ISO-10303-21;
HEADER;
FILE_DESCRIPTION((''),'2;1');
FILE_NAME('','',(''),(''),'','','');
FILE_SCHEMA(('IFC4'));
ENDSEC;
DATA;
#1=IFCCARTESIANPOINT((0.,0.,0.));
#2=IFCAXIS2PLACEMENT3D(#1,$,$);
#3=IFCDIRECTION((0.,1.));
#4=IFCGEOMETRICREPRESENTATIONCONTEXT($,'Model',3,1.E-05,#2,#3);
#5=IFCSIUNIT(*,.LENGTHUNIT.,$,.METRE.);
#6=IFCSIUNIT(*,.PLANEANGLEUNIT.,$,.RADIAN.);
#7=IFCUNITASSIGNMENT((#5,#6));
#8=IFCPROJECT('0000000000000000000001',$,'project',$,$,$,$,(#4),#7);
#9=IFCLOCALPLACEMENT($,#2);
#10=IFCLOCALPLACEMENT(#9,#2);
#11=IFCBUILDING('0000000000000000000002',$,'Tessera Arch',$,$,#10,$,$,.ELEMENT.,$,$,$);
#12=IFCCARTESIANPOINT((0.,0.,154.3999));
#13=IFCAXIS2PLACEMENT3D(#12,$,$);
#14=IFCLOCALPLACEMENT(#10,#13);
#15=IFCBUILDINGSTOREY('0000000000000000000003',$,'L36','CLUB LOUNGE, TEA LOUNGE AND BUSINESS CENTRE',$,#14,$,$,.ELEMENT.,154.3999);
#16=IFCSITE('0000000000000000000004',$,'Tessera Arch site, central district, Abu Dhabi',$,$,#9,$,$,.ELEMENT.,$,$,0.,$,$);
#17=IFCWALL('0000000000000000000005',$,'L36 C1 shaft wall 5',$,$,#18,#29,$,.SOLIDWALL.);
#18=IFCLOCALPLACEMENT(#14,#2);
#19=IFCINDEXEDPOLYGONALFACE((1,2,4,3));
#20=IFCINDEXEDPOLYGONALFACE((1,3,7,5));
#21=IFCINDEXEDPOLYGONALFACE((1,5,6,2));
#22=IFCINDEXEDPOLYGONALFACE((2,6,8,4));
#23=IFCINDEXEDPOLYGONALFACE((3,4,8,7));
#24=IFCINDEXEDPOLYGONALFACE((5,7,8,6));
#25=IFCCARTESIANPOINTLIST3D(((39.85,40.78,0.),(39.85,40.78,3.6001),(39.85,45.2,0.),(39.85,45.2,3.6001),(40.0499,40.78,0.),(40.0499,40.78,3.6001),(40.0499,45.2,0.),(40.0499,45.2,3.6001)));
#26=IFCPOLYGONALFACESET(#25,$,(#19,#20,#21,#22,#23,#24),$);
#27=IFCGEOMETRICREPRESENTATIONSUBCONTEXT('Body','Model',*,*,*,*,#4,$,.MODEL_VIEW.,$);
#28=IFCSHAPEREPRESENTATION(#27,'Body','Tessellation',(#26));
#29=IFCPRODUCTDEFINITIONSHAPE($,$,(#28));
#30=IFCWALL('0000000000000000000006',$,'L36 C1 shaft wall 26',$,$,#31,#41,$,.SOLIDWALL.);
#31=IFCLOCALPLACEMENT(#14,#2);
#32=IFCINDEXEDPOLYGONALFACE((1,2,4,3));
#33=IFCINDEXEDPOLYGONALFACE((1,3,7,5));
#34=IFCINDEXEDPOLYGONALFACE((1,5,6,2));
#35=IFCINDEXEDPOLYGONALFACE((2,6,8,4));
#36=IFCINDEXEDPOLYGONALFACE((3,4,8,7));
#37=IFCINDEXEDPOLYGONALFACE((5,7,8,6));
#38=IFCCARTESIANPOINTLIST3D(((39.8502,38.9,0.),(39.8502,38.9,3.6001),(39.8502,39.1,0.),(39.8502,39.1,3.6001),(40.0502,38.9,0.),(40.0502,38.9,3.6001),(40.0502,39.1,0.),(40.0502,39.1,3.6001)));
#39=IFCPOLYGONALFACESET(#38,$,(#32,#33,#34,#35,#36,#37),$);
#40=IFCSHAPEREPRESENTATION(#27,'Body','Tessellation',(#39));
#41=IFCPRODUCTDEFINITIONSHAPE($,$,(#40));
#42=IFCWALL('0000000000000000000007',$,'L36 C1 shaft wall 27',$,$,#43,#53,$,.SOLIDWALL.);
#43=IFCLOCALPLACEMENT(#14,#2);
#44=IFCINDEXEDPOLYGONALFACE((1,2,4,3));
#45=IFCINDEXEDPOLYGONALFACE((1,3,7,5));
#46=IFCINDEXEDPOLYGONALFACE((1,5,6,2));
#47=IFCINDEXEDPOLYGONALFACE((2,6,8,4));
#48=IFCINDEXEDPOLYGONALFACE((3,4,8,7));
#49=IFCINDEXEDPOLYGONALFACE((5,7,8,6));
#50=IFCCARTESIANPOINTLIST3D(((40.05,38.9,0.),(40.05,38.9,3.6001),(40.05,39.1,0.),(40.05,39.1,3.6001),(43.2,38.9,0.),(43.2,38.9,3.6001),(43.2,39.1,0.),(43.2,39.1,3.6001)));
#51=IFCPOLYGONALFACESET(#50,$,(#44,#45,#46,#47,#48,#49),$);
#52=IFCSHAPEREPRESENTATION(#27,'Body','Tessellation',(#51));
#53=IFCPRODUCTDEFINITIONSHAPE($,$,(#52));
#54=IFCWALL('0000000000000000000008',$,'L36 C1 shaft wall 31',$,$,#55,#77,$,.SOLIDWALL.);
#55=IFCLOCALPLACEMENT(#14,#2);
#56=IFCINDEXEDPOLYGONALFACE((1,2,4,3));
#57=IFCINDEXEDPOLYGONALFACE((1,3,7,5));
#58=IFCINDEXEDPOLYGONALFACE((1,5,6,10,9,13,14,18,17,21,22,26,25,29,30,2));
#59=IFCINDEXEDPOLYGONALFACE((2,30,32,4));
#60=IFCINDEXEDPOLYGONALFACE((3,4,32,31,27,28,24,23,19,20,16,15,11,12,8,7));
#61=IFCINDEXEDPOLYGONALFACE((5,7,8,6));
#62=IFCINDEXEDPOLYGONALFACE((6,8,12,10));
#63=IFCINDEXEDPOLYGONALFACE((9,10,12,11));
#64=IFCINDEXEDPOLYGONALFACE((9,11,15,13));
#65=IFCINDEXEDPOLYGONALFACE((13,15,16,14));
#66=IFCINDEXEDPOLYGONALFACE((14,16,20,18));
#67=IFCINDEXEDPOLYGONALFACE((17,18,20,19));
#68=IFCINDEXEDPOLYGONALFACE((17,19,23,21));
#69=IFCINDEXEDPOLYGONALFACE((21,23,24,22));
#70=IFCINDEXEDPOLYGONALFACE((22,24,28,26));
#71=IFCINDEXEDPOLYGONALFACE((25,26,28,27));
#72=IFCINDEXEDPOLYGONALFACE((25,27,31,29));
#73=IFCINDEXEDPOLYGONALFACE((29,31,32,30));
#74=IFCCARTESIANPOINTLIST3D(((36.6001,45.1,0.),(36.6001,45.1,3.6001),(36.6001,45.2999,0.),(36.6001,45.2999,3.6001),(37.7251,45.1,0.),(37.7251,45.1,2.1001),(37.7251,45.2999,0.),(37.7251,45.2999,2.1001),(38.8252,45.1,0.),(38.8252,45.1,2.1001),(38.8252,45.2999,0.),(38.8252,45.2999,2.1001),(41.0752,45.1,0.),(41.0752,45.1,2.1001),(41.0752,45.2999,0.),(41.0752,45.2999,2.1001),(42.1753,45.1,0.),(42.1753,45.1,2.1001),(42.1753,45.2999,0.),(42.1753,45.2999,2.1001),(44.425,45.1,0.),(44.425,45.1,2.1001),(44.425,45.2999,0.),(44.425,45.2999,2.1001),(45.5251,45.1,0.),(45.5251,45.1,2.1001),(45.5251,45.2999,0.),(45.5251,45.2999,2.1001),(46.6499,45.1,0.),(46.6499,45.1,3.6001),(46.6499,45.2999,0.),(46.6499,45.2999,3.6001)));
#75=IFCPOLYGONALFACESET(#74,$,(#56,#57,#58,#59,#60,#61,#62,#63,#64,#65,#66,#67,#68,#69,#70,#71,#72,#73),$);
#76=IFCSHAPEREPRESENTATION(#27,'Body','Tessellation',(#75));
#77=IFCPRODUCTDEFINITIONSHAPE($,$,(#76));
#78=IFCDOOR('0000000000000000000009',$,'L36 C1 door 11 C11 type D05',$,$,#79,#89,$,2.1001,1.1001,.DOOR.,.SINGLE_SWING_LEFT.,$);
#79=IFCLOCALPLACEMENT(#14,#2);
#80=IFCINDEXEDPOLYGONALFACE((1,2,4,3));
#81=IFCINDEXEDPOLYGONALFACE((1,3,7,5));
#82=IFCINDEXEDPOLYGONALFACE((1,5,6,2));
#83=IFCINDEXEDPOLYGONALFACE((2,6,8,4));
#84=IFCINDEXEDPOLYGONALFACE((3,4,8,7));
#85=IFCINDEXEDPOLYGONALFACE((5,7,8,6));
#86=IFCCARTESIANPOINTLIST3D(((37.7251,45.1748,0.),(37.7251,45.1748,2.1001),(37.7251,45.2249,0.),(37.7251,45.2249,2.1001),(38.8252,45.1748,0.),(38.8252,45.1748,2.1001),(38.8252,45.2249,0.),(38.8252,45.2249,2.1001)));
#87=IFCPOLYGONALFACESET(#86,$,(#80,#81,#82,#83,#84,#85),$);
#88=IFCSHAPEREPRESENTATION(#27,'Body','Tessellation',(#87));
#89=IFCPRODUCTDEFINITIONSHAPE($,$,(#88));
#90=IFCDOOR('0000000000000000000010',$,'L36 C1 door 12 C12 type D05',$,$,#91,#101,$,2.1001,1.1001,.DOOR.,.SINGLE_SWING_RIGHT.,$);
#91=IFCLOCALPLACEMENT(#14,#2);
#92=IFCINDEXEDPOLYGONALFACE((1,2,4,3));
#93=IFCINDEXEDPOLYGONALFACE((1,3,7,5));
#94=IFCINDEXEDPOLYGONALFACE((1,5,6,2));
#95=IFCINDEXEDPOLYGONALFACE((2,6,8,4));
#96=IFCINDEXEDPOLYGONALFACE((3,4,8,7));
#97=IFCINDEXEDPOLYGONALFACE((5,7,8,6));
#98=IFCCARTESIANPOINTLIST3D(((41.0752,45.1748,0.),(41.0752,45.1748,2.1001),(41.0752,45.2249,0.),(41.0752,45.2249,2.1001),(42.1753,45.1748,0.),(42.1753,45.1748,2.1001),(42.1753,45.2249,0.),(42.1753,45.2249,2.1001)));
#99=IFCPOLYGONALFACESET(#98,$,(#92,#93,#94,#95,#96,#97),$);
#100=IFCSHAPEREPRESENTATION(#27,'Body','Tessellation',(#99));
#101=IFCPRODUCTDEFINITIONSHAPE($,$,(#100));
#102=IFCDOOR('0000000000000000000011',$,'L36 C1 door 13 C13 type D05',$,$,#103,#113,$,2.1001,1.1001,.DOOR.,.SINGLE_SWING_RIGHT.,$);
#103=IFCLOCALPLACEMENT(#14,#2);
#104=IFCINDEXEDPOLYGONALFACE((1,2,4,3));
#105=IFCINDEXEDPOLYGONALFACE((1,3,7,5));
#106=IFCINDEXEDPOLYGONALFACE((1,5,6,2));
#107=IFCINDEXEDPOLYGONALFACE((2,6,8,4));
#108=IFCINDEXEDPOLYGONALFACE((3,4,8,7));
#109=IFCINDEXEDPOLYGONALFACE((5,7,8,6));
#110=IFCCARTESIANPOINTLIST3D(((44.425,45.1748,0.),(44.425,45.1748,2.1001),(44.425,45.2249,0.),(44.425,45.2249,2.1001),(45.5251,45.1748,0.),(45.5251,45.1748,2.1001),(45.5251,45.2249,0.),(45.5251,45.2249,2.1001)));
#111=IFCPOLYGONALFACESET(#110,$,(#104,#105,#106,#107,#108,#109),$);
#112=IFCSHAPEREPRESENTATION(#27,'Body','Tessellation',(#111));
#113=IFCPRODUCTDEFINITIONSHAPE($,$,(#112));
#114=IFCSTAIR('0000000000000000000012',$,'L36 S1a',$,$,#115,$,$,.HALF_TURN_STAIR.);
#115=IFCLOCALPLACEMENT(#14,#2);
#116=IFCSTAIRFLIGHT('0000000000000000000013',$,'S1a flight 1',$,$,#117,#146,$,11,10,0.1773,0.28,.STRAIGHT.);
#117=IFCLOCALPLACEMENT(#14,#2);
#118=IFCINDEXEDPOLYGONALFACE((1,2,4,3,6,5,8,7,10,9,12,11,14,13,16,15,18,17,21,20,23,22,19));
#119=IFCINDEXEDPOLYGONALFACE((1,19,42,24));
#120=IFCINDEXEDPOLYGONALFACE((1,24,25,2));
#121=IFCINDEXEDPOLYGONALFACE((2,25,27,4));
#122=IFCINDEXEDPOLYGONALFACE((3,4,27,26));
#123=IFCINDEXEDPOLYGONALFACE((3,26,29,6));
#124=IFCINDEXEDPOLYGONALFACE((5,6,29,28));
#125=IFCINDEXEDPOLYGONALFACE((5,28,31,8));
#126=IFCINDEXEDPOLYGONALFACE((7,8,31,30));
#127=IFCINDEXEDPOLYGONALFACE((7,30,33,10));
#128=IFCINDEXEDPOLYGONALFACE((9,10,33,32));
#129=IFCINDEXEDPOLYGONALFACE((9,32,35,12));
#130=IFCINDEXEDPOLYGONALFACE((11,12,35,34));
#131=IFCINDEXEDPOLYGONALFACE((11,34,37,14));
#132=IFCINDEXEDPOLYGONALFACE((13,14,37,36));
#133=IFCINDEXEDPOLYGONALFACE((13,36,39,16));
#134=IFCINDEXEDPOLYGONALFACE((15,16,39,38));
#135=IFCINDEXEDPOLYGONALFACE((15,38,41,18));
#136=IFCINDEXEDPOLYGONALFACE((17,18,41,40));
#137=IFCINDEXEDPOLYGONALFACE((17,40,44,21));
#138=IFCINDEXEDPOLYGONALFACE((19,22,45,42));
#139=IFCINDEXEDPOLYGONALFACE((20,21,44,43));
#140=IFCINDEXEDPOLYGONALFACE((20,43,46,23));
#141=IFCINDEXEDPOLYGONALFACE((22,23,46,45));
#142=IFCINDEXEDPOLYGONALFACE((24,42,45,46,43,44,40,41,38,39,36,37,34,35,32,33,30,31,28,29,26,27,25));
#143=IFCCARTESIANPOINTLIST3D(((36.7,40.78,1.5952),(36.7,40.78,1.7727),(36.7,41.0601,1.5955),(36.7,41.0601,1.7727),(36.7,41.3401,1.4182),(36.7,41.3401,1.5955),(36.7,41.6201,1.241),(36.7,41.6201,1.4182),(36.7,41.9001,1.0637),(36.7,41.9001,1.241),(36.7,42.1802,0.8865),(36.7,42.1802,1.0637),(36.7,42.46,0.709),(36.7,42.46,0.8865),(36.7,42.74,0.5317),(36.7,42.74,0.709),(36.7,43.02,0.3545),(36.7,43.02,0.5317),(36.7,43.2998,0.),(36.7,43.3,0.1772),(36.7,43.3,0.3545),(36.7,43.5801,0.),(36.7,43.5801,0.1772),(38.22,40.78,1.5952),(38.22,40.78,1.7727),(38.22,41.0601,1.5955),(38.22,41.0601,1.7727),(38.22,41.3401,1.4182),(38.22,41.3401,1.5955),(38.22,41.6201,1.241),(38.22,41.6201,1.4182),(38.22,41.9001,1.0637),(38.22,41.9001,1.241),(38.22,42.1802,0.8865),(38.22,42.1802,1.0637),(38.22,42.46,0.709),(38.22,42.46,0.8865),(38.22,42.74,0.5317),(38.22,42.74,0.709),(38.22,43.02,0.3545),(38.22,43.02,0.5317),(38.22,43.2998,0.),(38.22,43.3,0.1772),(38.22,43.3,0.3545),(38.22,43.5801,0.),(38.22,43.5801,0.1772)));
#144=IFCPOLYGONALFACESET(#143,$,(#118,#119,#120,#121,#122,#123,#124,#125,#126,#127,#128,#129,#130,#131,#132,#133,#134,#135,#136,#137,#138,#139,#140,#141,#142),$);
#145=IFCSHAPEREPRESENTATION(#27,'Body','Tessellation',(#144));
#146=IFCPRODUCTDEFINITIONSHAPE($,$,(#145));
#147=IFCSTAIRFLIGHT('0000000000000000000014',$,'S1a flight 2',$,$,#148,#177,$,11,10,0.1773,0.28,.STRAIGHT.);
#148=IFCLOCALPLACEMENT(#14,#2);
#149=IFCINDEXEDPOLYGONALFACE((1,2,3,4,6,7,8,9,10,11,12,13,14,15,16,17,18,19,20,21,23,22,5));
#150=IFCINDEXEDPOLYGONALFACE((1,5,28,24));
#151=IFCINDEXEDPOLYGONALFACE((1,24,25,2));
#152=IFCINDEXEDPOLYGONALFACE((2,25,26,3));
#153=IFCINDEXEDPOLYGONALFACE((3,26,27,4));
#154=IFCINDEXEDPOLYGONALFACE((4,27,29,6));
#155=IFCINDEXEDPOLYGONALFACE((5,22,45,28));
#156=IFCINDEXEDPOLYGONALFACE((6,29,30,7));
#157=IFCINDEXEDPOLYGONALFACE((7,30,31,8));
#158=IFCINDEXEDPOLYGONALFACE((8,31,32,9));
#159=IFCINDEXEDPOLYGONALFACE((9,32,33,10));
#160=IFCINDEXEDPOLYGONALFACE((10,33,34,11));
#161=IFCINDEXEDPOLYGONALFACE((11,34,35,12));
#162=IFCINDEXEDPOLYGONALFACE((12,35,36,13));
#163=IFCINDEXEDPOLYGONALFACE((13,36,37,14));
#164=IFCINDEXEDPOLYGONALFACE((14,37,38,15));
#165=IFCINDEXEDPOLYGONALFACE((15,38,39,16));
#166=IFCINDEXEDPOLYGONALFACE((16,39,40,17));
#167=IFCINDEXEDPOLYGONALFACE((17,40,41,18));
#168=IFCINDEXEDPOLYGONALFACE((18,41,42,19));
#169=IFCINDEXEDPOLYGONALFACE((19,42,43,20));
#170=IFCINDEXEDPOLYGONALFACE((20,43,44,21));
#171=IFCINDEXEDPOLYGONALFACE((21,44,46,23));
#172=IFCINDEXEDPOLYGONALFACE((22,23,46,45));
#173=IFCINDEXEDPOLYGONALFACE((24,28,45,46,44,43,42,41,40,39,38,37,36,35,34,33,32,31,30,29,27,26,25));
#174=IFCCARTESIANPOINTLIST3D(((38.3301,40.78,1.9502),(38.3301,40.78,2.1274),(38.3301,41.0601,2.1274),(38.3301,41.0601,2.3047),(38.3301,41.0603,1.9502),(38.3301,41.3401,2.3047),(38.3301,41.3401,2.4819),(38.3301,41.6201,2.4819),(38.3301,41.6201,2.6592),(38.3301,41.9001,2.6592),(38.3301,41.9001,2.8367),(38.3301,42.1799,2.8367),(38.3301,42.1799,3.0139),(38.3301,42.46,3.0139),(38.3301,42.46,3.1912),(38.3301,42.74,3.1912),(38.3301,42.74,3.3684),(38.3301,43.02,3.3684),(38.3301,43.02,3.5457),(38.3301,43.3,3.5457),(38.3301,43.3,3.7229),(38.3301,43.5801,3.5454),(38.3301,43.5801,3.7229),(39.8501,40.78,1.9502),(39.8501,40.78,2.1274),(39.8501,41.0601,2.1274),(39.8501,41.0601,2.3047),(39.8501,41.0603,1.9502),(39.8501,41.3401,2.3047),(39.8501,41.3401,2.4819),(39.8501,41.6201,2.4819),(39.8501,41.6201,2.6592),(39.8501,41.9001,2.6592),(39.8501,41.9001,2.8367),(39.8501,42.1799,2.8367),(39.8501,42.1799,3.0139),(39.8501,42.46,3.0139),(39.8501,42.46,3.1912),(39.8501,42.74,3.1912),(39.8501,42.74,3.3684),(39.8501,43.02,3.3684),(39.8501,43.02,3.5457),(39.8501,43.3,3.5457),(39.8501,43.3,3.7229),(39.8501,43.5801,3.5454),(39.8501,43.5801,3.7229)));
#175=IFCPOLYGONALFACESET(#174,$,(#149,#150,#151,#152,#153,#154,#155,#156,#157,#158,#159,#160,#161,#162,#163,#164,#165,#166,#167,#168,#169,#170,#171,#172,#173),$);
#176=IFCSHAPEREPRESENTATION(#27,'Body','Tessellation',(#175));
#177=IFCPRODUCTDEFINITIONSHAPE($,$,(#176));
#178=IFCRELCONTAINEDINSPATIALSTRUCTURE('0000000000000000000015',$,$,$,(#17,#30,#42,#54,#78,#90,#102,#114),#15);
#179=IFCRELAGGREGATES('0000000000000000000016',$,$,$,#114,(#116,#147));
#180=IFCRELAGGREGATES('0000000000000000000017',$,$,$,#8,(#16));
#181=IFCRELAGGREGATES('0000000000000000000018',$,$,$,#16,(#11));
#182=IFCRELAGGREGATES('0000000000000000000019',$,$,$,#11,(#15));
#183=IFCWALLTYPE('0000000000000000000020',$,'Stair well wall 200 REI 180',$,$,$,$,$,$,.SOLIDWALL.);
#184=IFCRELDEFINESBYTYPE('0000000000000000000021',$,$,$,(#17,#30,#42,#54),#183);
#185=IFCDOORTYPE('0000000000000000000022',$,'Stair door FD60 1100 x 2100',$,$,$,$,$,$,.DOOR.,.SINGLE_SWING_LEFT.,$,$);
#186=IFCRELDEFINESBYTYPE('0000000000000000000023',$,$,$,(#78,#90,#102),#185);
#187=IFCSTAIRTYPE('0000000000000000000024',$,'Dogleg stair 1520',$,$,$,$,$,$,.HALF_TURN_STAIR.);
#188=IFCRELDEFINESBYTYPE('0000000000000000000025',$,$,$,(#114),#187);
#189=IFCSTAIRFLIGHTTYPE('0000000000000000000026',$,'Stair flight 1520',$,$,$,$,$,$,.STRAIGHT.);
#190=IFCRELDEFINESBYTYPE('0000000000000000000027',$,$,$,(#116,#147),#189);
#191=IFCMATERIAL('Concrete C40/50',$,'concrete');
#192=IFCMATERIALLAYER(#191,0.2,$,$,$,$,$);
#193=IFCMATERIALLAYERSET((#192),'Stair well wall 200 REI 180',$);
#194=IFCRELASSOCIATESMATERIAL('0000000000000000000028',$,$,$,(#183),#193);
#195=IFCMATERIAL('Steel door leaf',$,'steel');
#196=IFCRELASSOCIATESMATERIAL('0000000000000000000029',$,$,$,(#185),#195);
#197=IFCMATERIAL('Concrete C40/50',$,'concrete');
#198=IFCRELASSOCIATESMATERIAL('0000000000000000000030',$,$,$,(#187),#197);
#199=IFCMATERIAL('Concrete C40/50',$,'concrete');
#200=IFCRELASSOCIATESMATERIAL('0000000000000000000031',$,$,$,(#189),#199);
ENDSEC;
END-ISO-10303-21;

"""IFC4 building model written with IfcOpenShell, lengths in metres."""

from ifc_helpers import new_model, si_unit, direction, frame, frame_2d, origin, place, context, subcontext, project, spatial, polyline, rectangle, outline, extrude, material, layer, layer_set, type_object, element, fill, aggregate, save


model = new_model("IFC4")

# Units and contexts
model_context = context("Model", 3, precision=1e-05, world=origin(), true_north=direction((0.0, 1.0)))
body_context = subcontext(model_context, "Body", "Model", "MODEL_VIEW")
ifc_project = project(units=[si_unit("LENGTHUNIT", "METRE"), si_unit("PLANEANGLEUNIT", "RADIAN")], contexts=[model_context])

# Site, building, storey
site_placement = place(None, origin())
site = spatial("IfcSite", under=ifc_project, at=site_placement, Name="Tessera Arch site, central district, Abu Dhabi", CompositionType="ELEMENT", RefElevation=0.0)
building_placement = place(site_placement, origin())
building = spatial("IfcBuilding", under=site, at=building_placement, Name="Tessera Arch", CompositionType="ELEMENT")
storey_placement = place(building_placement, frame((0.0, 0.0, 154.3999)))
storey = spatial("IfcBuildingStorey", under=building, at=storey_placement, Name="L36", Description="CLUB LOUNGE, TEA LOUNGE AND BUSINESS CENTRE", CompositionType="ELEMENT", Elevation=154.3999)

# Walls
ifc_material_1 = material(Name="Concrete C40/50", Category="concrete")
ifc_layer_1 = layer(ifc_material_1, 0.2)
ifc_layer_set_1 = layer_set([ifc_layer_1], Name="Stair well wall 200 REI 180")
wall_type_1 = type_object("IfcWallType", Name="Stair well wall 200 REI 180", PredefinedType="SOLIDWALL", material=ifc_layer_set_1)
wall_1_placement = place(storey_placement, frame((39.95, 40.78, 0.0), z_axis=(0.0, 0.0, 1.0), x_axis=(0.0, 1.0, 0.0)))
element("IfcWall", 1, at=wall_1_placement, inside=storey, type_object=wall_type_1, Name="L36 C1 shaft wall 5", PredefinedType="SOLIDWALL", context=body_context, shape_type="SweptSolid", body=[
    extrude(rectangle(XDim=4.4199, YDim=0.2, at=frame_2d((2.21, 0.0))), origin(), (0.0, 0.0, 1.0), 3.6001),
])
wall_2_placement = place(storey_placement, frame((39.8501, 39.0, 0.0), z_axis=(0.0, 0.0, 1.0), x_axis=(1.0, 0.0, 0.0)))
element("IfcWall", 2, at=wall_2_placement, inside=storey, type_object=wall_type_1, Name="L36 C1 shaft wall 26", PredefinedType="SOLIDWALL", context=body_context, shape_type="SweptSolid", body=[
    extrude(rectangle(XDim=0.2, YDim=0.2, at=frame_2d((0.1001, 0.0))), origin(), (0.0, 0.0, 1.0), 3.6001),
])
wall_3_placement = place(storey_placement, frame((40.05, 39.0, 0.0), z_axis=(0.0, 0.0, 1.0), x_axis=(1.0, 0.0, 0.0)))
element("IfcWall", 3, at=wall_3_placement, inside=storey, type_object=wall_type_1, Name="L36 C1 shaft wall 27", PredefinedType="SOLIDWALL", context=body_context, shape_type="SweptSolid", body=[
    extrude(rectangle(XDim=3.1499, YDim=0.2, at=frame_2d((1.575, 0.0))), origin(), (0.0, 0.0, 1.0), 3.6001),
])

# Wall, openings, doors
wall_4_placement = place(storey_placement, frame((36.6001, 45.2, 0.0), z_axis=(0.0, 0.0, 1.0), x_axis=(1.0, 0.0, 0.0)))
wall_4 = element("IfcWall", 4, at=wall_4_placement, inside=storey, type_object=wall_type_1, Name="L36 C1 shaft wall 31", PredefinedType="SOLIDWALL", context=body_context, shape_type="SweptSolid", body=[
    extrude(rectangle(XDim=10.0498, YDim=0.2, at=frame_2d((5.0249, 0.0))), origin(), (0.0, 0.0, 1.0), 3.6001),
])
opening_1_placement = place(wall_4_placement, frame((1.125, 0.0, 0.0)))
opening_1 = element("IfcOpeningElement", 5, at=opening_1_placement, cuts=wall_4, PredefinedType="OPENING", context=body_context, shape_type="SweptSolid", body=[
    extrude(rectangle(XDim=1.1001, YDim=2.1001, at=frame_2d((0.55, 1.05))), frame((0.0, 0.1099, 0.0), z_axis=(0.0, -1.0, 0.0), x_axis=(1.0, 0.0, 0.0)), (0.0, 0.0, 1.0), 0.22),
])
opening_2_placement = place(wall_4_placement, frame((4.4751, 0.0, 0.0)))
opening_2 = element("IfcOpeningElement", 6, at=opening_2_placement, cuts=wall_4, PredefinedType="OPENING", context=body_context, shape_type="SweptSolid", body=[
    extrude(rectangle(XDim=1.1001, YDim=2.1001, at=frame_2d((0.55, 1.05))), frame((0.0, 0.1099, 0.0), z_axis=(0.0, -1.0, 0.0), x_axis=(1.0, 0.0, 0.0)), (0.0, 0.0, 1.0), 0.22),
])
opening_3_placement = place(wall_4_placement, frame((7.825, 0.0, 0.0)))
opening_3 = element("IfcOpeningElement", 7, at=opening_3_placement, cuts=wall_4, PredefinedType="OPENING", context=body_context, shape_type="SweptSolid", body=[
    extrude(rectangle(XDim=1.1001, YDim=2.1001, at=frame_2d((0.55, 1.05))), frame((0.0, 0.1099, 0.0), z_axis=(0.0, -1.0, 0.0), x_axis=(1.0, 0.0, 0.0)), (0.0, 0.0, 1.0), 0.22),
])
ifc_material_2 = material(Name="Steel door leaf", Category="steel")
door_type_1 = type_object("IfcDoorType", Name="Stair door FD60 1100 x 2100", OperationType="SINGLE_SWING_LEFT", PredefinedType="DOOR", material=ifc_material_2)
door_1_placement = place(opening_1_placement, origin())
door_1 = element("IfcDoor", 8, at=door_1_placement, inside=storey, type_object=door_type_1, Name="L36 C1 door 11 C11 type D05", OperationType="SINGLE_SWING_LEFT", OverallHeight=2.1001, OverallWidth=1.1001, PredefinedType="DOOR", context=body_context, shape_type="SweptSolid", body=[
    extrude(rectangle(XDim=1.1001, YDim=2.1001, at=frame_2d((0.55, 1.05))), frame((0.0, 0.0249, 0.0), z_axis=(0.0, -1.0, 0.0), x_axis=(1.0, 0.0, 0.0)), (0.0, 0.0, 1.0), 0.05),
])
fill(opening_1, door_1)
door_2_placement = place(opening_2_placement, origin())
door_2 = element("IfcDoor", 9, at=door_2_placement, inside=storey, type_object=door_type_1, Name="L36 C1 door 12 C12 type D05", OperationType="SINGLE_SWING_RIGHT", OverallHeight=2.1001, OverallWidth=1.1001, PredefinedType="DOOR", context=body_context, shape_type="SweptSolid", body=[
    extrude(rectangle(XDim=1.1001, YDim=2.1001, at=frame_2d((0.55, 1.05))), frame((0.0, 0.0249, 0.0), z_axis=(0.0, -1.0, 0.0), x_axis=(1.0, 0.0, 0.0)), (0.0, 0.0, 1.0), 0.05),
])
fill(opening_2, door_2)
door_3_placement = place(opening_3_placement, origin())
door_3 = element("IfcDoor", 10, at=door_3_placement, inside=storey, type_object=door_type_1, Name="L36 C1 door 13 C13 type D05", OperationType="SINGLE_SWING_RIGHT", OverallHeight=2.1001, OverallWidth=1.1001, PredefinedType="DOOR", context=body_context, shape_type="SweptSolid", body=[
    extrude(rectangle(XDim=1.1001, YDim=2.1001, at=frame_2d((0.55, 1.05))), frame((0.0, 0.0249, 0.0), z_axis=(0.0, -1.0, 0.0), x_axis=(1.0, 0.0, 0.0)), (0.0, 0.0, 1.0), 0.05),
])
fill(opening_3, door_3)

# Stair, stair flights
ifc_material_3 = material(Name="Concrete C40/50", Category="concrete")
stair_type = type_object("IfcStairType", Name="Dogleg stair 1520", PredefinedType="HALF_TURN_STAIR", material=ifc_material_3)
stair_placement = place(storey_placement, origin())
stair = element("IfcStair", 11, at=stair_placement, inside=storey, type_object=stair_type, Name="L36 S1a", PredefinedType="HALF_TURN_STAIR")
ifc_material_4 = material(Name="Concrete C40/50", Category="concrete")
stair_flight_type = type_object("IfcStairFlightType", Name="Stair flight 1520", PredefinedType="STRAIGHT", material=ifc_material_4)
stair_flight_1_placement = place(storey_placement, frame((37.46, 43.5801, 0.0), z_axis=(0.0, 0.0, 1.0), x_axis=(0.0, -1.0, 0.0)))
stair_flight_1 = element("IfcStairFlight", 12, at=stair_flight_1_placement, type_object=stair_flight_type, Name="S1a flight 1", NumberOfRisers=11, NumberOfTreads=10, PredefinedType="STRAIGHT", RiserHeight=0.1773, TreadLength=0.28, context=body_context, shape_type="SweptSolid", body=[
    extrude(outline(polyline([(0.0, 0.0), (0.0, 0.1772), (0.28, 0.1772), (0.28, 0.3545), (0.5601, 0.3545), (0.5601, 0.5317), (0.8401, 0.5317), (0.8401, 0.709), (1.1201, 0.709), (1.1201, 0.8865), (1.3999, 0.8865), (1.3999, 1.0637), (1.6799, 1.0637), (1.6799, 1.241), (1.96, 1.241), (1.96, 1.4182), (2.24, 1.4182), (2.24, 1.5955), (2.52, 1.5955), (2.52, 1.7727), (2.8, 1.7727), (2.8, 1.95), (2.8, 1.5952), (0.2803, 0.0), (0.0, 0.0)])), frame((0.0, 0.76, 0.0), z_axis=(0.0, -1.0, 0.0), x_axis=(1.0, 0.0, 0.0)), (0.0, 0.0, 1.0), 1.52),
])
stair_flight_2_placement = place(storey_placement, frame((39.0901, 40.78, 1.9502), z_axis=(0.0, 0.0, 1.0), x_axis=(0.0, 1.0, 0.0)))
stair_flight_2 = element("IfcStairFlight", 13, at=stair_flight_2_placement, type_object=stair_flight_type, Name="S1a flight 2", NumberOfRisers=11, NumberOfTreads=10, PredefinedType="STRAIGHT", RiserHeight=0.1773, TreadLength=0.28, context=body_context, shape_type="SweptSolid", body=[
    extrude(outline(polyline([(0.0, 0.0), (0.0, 0.1772), (0.28, 0.1772), (0.28, 0.3545), (0.5601, 0.3545), (0.5601, 0.5317), (0.8401, 0.5317), (0.8401, 0.709), (1.1201, 0.709), (1.1201, 0.8865), (1.3999, 0.8865), (1.3999, 1.0637), (1.6799, 1.0637), (1.6799, 1.241), (1.96, 1.241), (1.96, 1.4182), (2.24, 1.4182), (2.24, 1.5955), (2.52, 1.5955), (2.52, 1.7727), (2.8, 1.7727), (2.8, 1.95), (2.8, 1.5952), (0.2803, 0.0), (0.0, 0.0)])), frame((0.0, 0.76, 0.0), z_axis=(0.0, -1.0, 0.0), x_axis=(1.0, 0.0, 0.0)), (0.0, 0.0, 1.0), 1.52),
])
aggregate(stair, [stair_flight_1, stair_flight_2])

save(model, "model.ifc")
